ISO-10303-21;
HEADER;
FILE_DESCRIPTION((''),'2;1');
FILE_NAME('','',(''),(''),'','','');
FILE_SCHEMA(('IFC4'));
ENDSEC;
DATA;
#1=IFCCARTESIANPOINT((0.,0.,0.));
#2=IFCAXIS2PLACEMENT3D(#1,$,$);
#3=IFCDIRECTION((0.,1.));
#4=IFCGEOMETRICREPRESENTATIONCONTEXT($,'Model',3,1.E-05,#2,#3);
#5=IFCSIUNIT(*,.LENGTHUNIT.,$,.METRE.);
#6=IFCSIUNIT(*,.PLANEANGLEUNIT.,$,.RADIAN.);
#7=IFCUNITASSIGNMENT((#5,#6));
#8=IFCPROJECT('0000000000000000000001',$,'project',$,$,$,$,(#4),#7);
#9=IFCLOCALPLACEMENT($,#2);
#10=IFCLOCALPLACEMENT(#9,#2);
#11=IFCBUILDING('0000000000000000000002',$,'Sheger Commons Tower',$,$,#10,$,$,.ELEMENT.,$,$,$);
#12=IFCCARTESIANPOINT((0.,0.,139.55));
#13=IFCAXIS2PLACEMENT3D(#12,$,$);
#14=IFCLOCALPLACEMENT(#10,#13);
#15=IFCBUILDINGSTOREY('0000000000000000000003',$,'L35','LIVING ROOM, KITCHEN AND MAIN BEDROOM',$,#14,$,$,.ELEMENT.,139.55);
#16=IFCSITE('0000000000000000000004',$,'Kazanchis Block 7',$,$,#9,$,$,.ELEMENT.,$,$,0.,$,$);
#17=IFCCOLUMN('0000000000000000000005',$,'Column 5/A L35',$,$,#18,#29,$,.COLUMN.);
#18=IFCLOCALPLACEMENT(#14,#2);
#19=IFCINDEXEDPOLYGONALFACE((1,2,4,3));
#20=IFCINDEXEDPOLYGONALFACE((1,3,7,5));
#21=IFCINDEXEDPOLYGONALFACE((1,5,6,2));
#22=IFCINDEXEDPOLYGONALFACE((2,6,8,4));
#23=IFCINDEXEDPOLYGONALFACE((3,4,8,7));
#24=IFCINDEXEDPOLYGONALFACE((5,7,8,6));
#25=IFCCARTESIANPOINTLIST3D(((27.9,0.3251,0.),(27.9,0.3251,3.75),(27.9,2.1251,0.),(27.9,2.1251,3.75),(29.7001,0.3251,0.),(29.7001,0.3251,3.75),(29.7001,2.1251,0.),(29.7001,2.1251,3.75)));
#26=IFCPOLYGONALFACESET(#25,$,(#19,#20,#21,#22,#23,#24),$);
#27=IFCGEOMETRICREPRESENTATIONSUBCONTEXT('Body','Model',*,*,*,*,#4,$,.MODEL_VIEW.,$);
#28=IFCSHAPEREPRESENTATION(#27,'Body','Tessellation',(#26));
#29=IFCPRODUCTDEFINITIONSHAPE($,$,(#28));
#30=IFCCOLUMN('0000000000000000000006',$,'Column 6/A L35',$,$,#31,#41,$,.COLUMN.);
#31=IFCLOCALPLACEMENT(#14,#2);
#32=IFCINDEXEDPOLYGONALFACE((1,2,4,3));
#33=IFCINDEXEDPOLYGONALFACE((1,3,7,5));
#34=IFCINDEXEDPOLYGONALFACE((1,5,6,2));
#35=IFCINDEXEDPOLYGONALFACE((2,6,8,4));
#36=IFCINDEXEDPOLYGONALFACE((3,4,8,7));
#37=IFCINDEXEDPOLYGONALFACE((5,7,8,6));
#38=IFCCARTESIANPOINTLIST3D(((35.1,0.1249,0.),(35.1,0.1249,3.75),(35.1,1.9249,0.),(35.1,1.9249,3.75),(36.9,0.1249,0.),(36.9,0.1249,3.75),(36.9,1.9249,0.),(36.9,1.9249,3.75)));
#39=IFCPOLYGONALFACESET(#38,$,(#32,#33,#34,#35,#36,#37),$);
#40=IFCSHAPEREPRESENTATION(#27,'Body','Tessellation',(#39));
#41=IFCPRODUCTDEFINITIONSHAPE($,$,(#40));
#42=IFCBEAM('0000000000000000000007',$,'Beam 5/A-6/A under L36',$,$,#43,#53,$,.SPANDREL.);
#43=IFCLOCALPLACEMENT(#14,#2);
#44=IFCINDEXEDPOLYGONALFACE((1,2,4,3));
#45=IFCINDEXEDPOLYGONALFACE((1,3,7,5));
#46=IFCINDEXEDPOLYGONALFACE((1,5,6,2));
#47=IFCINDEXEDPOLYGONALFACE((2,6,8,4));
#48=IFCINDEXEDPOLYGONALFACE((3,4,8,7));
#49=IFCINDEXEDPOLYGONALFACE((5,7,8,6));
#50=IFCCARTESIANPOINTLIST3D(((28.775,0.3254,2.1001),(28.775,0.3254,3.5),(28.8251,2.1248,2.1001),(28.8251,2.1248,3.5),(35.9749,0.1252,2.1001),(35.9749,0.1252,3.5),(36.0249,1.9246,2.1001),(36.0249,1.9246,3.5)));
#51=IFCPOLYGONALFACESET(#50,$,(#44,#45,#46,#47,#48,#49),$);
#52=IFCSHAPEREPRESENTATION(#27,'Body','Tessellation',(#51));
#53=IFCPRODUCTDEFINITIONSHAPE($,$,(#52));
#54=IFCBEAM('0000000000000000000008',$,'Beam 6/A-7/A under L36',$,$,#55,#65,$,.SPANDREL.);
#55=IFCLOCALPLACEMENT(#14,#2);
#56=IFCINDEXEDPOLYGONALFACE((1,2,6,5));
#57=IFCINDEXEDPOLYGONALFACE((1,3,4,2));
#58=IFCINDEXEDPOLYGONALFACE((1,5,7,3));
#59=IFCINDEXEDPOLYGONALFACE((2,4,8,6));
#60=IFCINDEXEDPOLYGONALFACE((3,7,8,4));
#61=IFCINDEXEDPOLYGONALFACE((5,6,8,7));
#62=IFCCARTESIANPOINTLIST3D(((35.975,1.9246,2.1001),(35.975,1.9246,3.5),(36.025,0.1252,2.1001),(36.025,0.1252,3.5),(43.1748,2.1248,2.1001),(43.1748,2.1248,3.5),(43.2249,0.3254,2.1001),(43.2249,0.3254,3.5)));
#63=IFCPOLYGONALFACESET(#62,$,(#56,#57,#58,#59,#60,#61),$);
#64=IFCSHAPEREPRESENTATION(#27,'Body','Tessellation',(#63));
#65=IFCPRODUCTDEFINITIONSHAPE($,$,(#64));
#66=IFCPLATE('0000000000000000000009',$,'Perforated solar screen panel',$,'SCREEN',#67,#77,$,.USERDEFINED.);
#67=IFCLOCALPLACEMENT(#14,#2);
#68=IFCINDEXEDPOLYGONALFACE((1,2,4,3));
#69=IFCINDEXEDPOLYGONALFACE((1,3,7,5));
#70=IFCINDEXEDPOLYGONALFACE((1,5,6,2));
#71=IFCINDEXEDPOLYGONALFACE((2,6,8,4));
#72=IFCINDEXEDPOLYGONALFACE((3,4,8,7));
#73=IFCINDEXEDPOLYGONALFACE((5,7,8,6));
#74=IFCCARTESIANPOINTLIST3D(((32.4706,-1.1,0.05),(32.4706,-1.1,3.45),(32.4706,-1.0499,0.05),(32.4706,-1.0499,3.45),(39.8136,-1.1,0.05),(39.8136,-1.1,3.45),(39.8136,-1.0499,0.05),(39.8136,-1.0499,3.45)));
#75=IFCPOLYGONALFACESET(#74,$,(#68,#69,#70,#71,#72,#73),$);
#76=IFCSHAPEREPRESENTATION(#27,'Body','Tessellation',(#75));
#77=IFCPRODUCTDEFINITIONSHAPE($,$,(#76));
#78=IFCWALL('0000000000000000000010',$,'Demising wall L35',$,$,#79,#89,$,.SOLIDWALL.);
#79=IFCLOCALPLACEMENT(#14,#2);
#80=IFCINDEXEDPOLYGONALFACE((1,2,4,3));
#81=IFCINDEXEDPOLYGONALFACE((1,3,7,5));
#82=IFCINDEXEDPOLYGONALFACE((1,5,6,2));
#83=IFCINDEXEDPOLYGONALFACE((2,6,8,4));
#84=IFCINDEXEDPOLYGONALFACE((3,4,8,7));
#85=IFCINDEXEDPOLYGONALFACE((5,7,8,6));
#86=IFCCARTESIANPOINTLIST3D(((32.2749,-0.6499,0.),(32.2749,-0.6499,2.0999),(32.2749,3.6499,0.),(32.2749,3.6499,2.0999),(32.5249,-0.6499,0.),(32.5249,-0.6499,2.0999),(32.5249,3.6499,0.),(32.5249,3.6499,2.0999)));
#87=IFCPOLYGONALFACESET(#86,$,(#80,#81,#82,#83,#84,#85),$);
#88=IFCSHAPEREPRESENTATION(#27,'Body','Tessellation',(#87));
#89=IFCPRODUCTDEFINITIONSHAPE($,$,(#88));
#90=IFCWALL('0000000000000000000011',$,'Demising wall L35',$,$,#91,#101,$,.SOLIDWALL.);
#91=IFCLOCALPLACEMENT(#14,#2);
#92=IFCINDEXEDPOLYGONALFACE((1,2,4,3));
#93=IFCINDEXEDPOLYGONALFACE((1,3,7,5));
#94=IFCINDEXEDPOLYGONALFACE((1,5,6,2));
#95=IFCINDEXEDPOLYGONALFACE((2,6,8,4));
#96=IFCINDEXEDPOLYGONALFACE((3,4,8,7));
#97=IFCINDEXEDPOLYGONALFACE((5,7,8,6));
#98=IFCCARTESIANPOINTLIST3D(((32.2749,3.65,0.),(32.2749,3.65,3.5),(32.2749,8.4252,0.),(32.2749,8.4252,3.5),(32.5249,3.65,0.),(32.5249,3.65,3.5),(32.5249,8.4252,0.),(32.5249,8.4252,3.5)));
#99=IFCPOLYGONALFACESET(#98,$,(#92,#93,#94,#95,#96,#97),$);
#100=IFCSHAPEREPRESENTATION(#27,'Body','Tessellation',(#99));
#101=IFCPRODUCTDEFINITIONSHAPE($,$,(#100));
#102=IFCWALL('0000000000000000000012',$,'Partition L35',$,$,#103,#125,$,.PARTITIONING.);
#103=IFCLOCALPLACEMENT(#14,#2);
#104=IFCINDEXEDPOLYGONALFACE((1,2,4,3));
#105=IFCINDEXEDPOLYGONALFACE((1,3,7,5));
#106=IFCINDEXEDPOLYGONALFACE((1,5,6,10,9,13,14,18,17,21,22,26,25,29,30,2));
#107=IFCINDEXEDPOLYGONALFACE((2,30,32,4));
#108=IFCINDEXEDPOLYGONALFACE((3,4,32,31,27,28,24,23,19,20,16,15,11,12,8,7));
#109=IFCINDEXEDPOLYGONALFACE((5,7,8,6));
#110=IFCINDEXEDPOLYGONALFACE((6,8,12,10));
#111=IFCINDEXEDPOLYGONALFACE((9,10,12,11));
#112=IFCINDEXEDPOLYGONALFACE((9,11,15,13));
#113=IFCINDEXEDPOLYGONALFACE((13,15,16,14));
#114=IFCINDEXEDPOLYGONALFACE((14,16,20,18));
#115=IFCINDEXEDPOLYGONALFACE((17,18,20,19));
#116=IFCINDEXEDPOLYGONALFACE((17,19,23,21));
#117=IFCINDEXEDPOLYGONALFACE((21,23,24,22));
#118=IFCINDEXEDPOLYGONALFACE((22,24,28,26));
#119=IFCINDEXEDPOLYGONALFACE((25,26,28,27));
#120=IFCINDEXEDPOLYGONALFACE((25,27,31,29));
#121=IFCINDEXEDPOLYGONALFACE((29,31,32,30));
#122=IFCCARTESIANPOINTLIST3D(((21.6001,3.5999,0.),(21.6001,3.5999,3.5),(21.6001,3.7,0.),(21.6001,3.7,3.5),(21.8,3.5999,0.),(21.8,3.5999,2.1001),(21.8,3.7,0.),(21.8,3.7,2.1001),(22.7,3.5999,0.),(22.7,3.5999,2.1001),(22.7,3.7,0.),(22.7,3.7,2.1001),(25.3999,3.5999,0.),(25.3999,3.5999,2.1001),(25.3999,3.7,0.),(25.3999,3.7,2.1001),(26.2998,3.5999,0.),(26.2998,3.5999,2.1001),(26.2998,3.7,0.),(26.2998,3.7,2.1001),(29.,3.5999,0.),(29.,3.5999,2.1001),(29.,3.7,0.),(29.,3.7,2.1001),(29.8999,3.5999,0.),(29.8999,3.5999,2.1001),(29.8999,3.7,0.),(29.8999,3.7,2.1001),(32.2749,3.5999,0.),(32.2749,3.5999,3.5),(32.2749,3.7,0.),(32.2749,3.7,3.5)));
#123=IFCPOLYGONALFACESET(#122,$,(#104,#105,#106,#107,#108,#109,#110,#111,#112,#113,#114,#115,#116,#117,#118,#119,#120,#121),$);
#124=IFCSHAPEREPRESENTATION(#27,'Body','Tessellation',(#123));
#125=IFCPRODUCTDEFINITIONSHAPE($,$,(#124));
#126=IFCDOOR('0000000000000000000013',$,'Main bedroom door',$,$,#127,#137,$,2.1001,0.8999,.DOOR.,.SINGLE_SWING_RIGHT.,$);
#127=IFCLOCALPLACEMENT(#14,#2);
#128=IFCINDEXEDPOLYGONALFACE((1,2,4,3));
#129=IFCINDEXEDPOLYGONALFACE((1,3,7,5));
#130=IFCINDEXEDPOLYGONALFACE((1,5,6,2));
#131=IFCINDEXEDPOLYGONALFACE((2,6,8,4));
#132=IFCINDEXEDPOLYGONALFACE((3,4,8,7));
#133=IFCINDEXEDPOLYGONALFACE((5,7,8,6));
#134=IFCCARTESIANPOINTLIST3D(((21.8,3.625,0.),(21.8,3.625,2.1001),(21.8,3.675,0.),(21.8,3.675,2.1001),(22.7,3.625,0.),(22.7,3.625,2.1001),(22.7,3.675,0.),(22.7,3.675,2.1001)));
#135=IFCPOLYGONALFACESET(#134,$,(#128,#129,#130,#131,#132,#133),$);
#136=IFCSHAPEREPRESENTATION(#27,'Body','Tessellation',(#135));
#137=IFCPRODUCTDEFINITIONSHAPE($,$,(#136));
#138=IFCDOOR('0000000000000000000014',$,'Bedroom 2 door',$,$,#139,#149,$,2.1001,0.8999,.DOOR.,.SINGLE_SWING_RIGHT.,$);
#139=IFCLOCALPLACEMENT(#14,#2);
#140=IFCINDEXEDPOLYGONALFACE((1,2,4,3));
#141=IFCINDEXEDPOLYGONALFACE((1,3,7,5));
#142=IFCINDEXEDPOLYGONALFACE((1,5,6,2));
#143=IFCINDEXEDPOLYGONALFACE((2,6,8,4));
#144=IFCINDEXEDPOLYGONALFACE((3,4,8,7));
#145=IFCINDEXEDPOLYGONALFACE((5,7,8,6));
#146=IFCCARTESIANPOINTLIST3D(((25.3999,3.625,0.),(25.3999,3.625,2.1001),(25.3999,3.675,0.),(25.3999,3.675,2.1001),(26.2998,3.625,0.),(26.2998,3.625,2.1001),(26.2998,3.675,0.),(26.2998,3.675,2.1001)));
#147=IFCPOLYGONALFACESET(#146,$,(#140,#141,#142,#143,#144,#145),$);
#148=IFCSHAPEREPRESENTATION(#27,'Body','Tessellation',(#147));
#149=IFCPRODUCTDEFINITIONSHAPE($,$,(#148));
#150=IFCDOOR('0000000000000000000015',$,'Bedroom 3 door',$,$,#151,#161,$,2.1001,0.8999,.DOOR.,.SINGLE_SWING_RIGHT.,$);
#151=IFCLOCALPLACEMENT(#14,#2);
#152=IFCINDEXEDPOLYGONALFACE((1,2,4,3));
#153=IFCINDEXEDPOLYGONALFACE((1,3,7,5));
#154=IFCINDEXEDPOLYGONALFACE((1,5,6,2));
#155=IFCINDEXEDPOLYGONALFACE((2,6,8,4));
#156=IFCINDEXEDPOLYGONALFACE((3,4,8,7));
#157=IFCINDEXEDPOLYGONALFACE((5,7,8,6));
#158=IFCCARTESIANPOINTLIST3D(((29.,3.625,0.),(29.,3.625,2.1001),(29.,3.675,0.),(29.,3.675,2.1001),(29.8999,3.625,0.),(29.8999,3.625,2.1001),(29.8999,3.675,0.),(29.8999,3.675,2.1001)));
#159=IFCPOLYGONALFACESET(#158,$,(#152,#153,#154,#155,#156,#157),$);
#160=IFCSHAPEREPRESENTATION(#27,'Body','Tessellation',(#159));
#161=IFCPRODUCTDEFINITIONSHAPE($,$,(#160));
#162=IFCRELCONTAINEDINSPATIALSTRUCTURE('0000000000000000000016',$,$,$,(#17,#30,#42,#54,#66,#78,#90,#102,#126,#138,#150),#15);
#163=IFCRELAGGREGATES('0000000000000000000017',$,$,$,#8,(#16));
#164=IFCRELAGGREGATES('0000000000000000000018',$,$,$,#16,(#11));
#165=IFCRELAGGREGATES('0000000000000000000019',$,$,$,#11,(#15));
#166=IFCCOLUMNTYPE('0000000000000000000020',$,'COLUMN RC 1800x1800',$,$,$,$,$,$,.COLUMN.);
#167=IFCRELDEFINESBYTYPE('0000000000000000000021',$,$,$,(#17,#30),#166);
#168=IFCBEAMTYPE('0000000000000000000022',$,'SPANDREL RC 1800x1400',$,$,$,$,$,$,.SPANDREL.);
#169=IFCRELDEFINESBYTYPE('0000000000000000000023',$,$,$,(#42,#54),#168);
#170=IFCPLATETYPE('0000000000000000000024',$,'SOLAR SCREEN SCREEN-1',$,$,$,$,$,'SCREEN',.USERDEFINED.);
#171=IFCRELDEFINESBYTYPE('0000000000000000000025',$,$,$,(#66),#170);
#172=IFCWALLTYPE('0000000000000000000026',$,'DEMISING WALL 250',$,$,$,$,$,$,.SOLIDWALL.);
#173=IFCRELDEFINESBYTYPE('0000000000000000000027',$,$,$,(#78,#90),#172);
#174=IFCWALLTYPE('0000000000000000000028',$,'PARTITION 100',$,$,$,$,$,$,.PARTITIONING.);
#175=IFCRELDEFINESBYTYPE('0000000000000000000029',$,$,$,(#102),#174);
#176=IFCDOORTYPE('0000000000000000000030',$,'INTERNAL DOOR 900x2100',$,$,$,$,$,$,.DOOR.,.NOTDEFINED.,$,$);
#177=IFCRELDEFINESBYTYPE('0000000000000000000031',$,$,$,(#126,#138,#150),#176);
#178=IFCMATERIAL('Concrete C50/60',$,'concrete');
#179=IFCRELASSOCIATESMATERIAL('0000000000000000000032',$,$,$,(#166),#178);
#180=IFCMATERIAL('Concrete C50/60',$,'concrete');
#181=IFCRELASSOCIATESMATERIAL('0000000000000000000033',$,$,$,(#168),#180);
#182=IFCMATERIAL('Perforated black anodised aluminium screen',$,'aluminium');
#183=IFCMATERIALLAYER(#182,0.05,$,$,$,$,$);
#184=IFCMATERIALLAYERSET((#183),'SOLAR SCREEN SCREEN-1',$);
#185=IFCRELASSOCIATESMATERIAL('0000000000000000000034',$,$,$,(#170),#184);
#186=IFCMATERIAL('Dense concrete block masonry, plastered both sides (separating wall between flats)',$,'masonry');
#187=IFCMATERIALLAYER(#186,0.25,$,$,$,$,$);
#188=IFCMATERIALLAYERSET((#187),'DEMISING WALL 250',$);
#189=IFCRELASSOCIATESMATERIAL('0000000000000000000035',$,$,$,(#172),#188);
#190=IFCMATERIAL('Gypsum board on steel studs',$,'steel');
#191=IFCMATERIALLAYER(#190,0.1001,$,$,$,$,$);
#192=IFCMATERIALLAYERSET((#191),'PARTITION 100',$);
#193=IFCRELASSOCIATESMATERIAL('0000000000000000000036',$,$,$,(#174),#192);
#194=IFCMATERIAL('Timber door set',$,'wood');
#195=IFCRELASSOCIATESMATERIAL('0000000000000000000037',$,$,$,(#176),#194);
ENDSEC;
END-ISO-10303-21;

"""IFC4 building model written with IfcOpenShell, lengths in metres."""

from ifc_helpers import new_model, si_unit, direction, frame, frame_2d, origin, origin_2d, place, context, subcontext, project, spatial, rectangle, extrude, material, layer, layer_set, material_profile, profile_set, type_object, element, fill, save


model = new_model("IFC4")

# Units and contexts
model_context = context("Model", 3, precision=1e-05, world=origin(), true_north=direction((0.0, 1.0)))
body_context = subcontext(model_context, "Body", "Model", "MODEL_VIEW")
ifc_project = project(units=[si_unit("LENGTHUNIT", "METRE"), si_unit("PLANEANGLEUNIT", "RADIAN")], contexts=[model_context])

# Site, building, storey
site_placement = place(None, origin())
site = spatial("IfcSite", under=ifc_project, at=site_placement, Name="Kazanchis Block 7", CompositionType="ELEMENT", RefElevation=0.0)
building_placement = place(site_placement, origin())
building = spatial("IfcBuilding", under=site, at=building_placement, Name="Sheger Commons Tower", CompositionType="ELEMENT")
storey_placement = place(building_placement, frame((0.0, 0.0, 139.55)))
storey = spatial("IfcBuildingStorey", under=building, at=storey_placement, Name="L35", Description="LIVING ROOM, KITCHEN AND MAIN BEDROOM", CompositionType="ELEMENT", Elevation=139.55)

# Columns
ifc_material_1 = material(Name="Concrete C50/60", Category="concrete")
ifc_material_profile_1 = material_profile(ifc_material_1, rectangle(XDim=1.8, YDim=1.8, at=origin_2d()), Name="RC 1800x1800")
ifc_profile_set_1 = profile_set([ifc_material_profile_1], Name="Concrete C50/60")
column_type = type_object("IfcColumnType", Name="COLUMN RC 1800x1800", PredefinedType="COLUMN", material=ifc_profile_set_1)
for number, where, z_axis, x_axis, name in (
    (1, (28.8, 1.2251, 0.0), (0.0, 0.0, 1.0), (1.0, 0.0, 0.0), "Column 5/A L35"),
    (2, (36.0, 1.0249, 0.0), (0.0, 0.0, 1.0), (1.0, 0.0, 0.0), "Column 6/A L35"),
):
    element("IfcColumn", number, at=place(storey_placement, frame(where, z_axis=z_axis, x_axis=x_axis)), inside=storey, type_object=column_type, Name=name, PredefinedType="COLUMN", context=body_context, shape_type="SweptSolid", body=[
        extrude(rectangle(XDim=1.8, YDim=1.8, at=origin_2d()), origin(), (0.0, 0.0, 1.0), 3.75),
    ])

# Beams
ifc_material_2 = material(Name="Concrete C50/60", Category="concrete")
ifc_material_profile_2 = material_profile(ifc_material_2, rectangle(XDim=1.8, YDim=1.3999, at=origin_2d()), Name="RC 1800x1400")
ifc_profile_set_2 = profile_set([ifc_material_profile_2], Name="Concrete C50/60")
beam_type = type_object("IfcBeamType", Name="SPANDREL RC 1800x1400", PredefinedType="SPANDREL", material=ifc_profile_set_2)
for number, where, z_axis, x_axis, name in (
    (3, (28.8, 1.2251, 2.8), (0.999614, -0.027794, 0.0), (0.027794, 0.999614, 0.0), "Beam 5/A-6/A under L36"),
    (4, (36.0, 1.0249, 2.8), (0.999614, 0.027794, 0.0), (-0.027794, 0.999614, 0.0), "Beam 6/A-7/A under L36"),
):
    element("IfcBeam", number, at=place(storey_placement, frame(where, z_axis=z_axis, x_axis=x_axis)), inside=storey, type_object=beam_type, Name=name, PredefinedType="SPANDREL", context=body_context, shape_type="SweptSolid", body=[
        extrude(rectangle(XDim=1.8, YDim=1.3999, at=origin_2d()), origin(), (0.0, 0.0, 1.0), 7.2026),
    ])

# Plate
ifc_material_3 = material(Name="Perforated black anodised aluminium screen", Category="aluminium")
ifc_layer_1 = layer(ifc_material_3, 0.05)
ifc_layer_set_1 = layer_set([ifc_layer_1], Name="SOLAR SCREEN SCREEN-1")
plate_type = type_object("IfcPlateType", Name="SOLAR SCREEN SCREEN-1", ElementType="SCREEN", PredefinedType="USERDEFINED", material=ifc_layer_set_1)
plate_placement = place(storey_placement, frame((36.1421, -1.075, 0.05), z_axis=(0.0, 0.0, 1.0), x_axis=(1.0, 0.0, 0.0)))
element("IfcPlate", 5, at=plate_placement, inside=storey, type_object=plate_type, Name="Perforated solar screen panel", ObjectType="SCREEN", PredefinedType="USERDEFINED", context=body_context, shape_type="SweptSolid", body=[
    extrude(rectangle(XDim=7.343, YDim=0.05, at=origin_2d()), origin(), (0.0, 0.0, 1.0), 3.3999),
])

# Walls
ifc_material_4 = material(Name="Dense concrete block masonry, plastered both sides (separating wall between flats)", Category="masonry")
ifc_layer_2 = layer(ifc_material_4, 0.25)
ifc_layer_set_2 = layer_set([ifc_layer_2], Name="DEMISING WALL 250")
wall_type_1 = type_object("IfcWallType", Name="DEMISING WALL 250", PredefinedType="SOLIDWALL", material=ifc_layer_set_2)
wall_1_placement = place(storey_placement, frame((32.3999, -0.6499, 0.0), z_axis=(0.0, 0.0, 1.0), x_axis=(0.0, 1.0, 0.0)))
element("IfcWall", 6, at=wall_1_placement, inside=storey, type_object=wall_type_1, Name="Demising wall L35", PredefinedType="SOLIDWALL", context=body_context, shape_type="SweptSolid", body=[
    extrude(rectangle(XDim=4.2998, YDim=0.25, at=frame_2d((2.1499, 0.0))), origin(), (0.0, 0.0, 1.0), 2.0999),
])
wall_2_placement = place(storey_placement, frame((32.3999, 3.6499, 0.0), z_axis=(0.0, 0.0, 1.0), x_axis=(0.0, 1.0, 0.0)))
element("IfcWall", 7, at=wall_2_placement, inside=storey, type_object=wall_type_1, Name="Demising wall L35", PredefinedType="SOLIDWALL", context=body_context, shape_type="SweptSolid", body=[
    extrude(rectangle(XDim=4.7751, YDim=0.25, at=frame_2d((2.3877, 0.0))), origin(), (0.0, 0.0, 1.0), 3.5),
])

# Wall, openings, doors
ifc_material_5 = material(Name="Gypsum board on steel studs", Category="steel")
ifc_layer_3 = layer(ifc_material_5, 0.1001)
ifc_layer_set_3 = layer_set([ifc_layer_3], Name="PARTITION 100")
wall_type_2 = type_object("IfcWallType", Name="PARTITION 100", PredefinedType="PARTITIONING", material=ifc_layer_set_3)
wall_3_placement = place(storey_placement, frame((32.2749, 3.6499, 0.0), z_axis=(0.0, 0.0, 1.0), x_axis=(-1.0, 0.0, 0.0)))
wall_3 = element("IfcWall", 8, at=wall_3_placement, inside=storey, type_object=wall_type_2, Name="Partition L35", PredefinedType="PARTITIONING", context=body_context, shape_type="SweptSolid", body=[
    extrude(rectangle(XDim=10.6748, YDim=0.1001, at=frame_2d((5.3374, 0.0))), origin(), (0.0, 0.0, 1.0), 3.5),
])
opening_1_placement = place(wall_3_placement, frame((9.575, 0.0, 0.0)))
opening_1 = element("IfcOpeningElement", 9, at=opening_1_placement, cuts=wall_3, PredefinedType="OPENING", context=body_context, shape_type="SweptSolid", body=[
    extrude(rectangle(XDim=0.8999, YDim=2.1001, at=frame_2d((0.45, 1.05))), frame((0.0, 0.0601, 0.0), z_axis=(0.0, -1.0, 0.0), x_axis=(1.0, 0.0, 0.0)), (0.0, 0.0, 1.0), 0.1201),
])
opening_2_placement = place(wall_3_placement, frame((5.9751, 0.0, 0.0)))
opening_2 = element("IfcOpeningElement", 10, at=opening_2_placement, cuts=wall_3, PredefinedType="OPENING", context=body_context, shape_type="SweptSolid", body=[
    extrude(rectangle(XDim=0.8999, YDim=2.1001, at=frame_2d((0.45, 1.05))), frame((0.0, 0.0601, 0.0), z_axis=(0.0, -1.0, 0.0), x_axis=(1.0, 0.0, 0.0)), (0.0, 0.0, 1.0), 0.1201),
])
opening_3_placement = place(wall_3_placement, frame((2.375, 0.0, 0.0)))
opening_3 = element("IfcOpeningElement", 11, at=opening_3_placement, cuts=wall_3, PredefinedType="OPENING", context=body_context, shape_type="SweptSolid", body=[
    extrude(rectangle(XDim=0.8999, YDim=2.1001, at=frame_2d((0.45, 1.05))), frame((0.0, 0.0601, 0.0), z_axis=(0.0, -1.0, 0.0), x_axis=(1.0, 0.0, 0.0)), (0.0, 0.0, 1.0), 0.1201),
])
ifc_material_6 = material(Name="Timber door set", Category="wood")
door_type = type_object("IfcDoorType", Name="INTERNAL DOOR 900x2100", OperationType="NOTDEFINED", PredefinedType="DOOR", material=ifc_material_6)
door_1_placement = place(opening_1_placement, origin())
door_1 = element("IfcDoor", 12, at=door_1_placement, inside=storey, type_object=door_type, Name="Main bedroom door", OperationType="SINGLE_SWING_RIGHT", OverallHeight=2.1001, OverallWidth=0.8999, PredefinedType="DOOR", context=body_context, shape_type="SweptSolid", body=[
    extrude(rectangle(XDim=0.8999, YDim=2.1001, at=frame_2d((0.45, 1.05))), frame((0.0, 0.0249, 0.0), z_axis=(0.0, -1.0, 0.0), x_axis=(1.0, 0.0, 0.0)), (0.0, 0.0, 1.0), 0.05),
])
fill(opening_1, door_1)
door_2_placement = place(opening_2_placement, origin())
door_2 = element("IfcDoor", 13, at=door_2_placement, inside=storey, type_object=door_type, Name="Bedroom 2 door", OperationType="SINGLE_SWING_RIGHT", OverallHeight=2.1001, OverallWidth=0.8999, PredefinedType="DOOR", context=body_context, shape_type="SweptSolid", body=[
    extrude(rectangle(XDim=0.8999, YDim=2.1001, at=frame_2d((0.45, 1.05))), frame((0.0, 0.0249, 0.0), z_axis=(0.0, -1.0, 0.0), x_axis=(1.0, 0.0, 0.0)), (0.0, 0.0, 1.0), 0.05),
])
fill(opening_2, door_2)
door_3_placement = place(opening_3_placement, origin())
door_3 = element("IfcDoor", 14, at=door_3_placement, inside=storey, type_object=door_type, Name="Bedroom 3 door", OperationType="SINGLE_SWING_RIGHT", OverallHeight=2.1001, OverallWidth=0.8999, PredefinedType="DOOR", context=body_context, shape_type="SweptSolid", body=[
    extrude(rectangle(XDim=0.8999, YDim=2.1001, at=frame_2d((0.45, 1.05))), frame((0.0, 0.0249, 0.0), z_axis=(0.0, -1.0, 0.0), x_axis=(1.0, 0.0, 0.0)), (0.0, 0.0, 1.0), 0.05),
])
fill(opening_3, door_3)

save(model, "model.ifc")
